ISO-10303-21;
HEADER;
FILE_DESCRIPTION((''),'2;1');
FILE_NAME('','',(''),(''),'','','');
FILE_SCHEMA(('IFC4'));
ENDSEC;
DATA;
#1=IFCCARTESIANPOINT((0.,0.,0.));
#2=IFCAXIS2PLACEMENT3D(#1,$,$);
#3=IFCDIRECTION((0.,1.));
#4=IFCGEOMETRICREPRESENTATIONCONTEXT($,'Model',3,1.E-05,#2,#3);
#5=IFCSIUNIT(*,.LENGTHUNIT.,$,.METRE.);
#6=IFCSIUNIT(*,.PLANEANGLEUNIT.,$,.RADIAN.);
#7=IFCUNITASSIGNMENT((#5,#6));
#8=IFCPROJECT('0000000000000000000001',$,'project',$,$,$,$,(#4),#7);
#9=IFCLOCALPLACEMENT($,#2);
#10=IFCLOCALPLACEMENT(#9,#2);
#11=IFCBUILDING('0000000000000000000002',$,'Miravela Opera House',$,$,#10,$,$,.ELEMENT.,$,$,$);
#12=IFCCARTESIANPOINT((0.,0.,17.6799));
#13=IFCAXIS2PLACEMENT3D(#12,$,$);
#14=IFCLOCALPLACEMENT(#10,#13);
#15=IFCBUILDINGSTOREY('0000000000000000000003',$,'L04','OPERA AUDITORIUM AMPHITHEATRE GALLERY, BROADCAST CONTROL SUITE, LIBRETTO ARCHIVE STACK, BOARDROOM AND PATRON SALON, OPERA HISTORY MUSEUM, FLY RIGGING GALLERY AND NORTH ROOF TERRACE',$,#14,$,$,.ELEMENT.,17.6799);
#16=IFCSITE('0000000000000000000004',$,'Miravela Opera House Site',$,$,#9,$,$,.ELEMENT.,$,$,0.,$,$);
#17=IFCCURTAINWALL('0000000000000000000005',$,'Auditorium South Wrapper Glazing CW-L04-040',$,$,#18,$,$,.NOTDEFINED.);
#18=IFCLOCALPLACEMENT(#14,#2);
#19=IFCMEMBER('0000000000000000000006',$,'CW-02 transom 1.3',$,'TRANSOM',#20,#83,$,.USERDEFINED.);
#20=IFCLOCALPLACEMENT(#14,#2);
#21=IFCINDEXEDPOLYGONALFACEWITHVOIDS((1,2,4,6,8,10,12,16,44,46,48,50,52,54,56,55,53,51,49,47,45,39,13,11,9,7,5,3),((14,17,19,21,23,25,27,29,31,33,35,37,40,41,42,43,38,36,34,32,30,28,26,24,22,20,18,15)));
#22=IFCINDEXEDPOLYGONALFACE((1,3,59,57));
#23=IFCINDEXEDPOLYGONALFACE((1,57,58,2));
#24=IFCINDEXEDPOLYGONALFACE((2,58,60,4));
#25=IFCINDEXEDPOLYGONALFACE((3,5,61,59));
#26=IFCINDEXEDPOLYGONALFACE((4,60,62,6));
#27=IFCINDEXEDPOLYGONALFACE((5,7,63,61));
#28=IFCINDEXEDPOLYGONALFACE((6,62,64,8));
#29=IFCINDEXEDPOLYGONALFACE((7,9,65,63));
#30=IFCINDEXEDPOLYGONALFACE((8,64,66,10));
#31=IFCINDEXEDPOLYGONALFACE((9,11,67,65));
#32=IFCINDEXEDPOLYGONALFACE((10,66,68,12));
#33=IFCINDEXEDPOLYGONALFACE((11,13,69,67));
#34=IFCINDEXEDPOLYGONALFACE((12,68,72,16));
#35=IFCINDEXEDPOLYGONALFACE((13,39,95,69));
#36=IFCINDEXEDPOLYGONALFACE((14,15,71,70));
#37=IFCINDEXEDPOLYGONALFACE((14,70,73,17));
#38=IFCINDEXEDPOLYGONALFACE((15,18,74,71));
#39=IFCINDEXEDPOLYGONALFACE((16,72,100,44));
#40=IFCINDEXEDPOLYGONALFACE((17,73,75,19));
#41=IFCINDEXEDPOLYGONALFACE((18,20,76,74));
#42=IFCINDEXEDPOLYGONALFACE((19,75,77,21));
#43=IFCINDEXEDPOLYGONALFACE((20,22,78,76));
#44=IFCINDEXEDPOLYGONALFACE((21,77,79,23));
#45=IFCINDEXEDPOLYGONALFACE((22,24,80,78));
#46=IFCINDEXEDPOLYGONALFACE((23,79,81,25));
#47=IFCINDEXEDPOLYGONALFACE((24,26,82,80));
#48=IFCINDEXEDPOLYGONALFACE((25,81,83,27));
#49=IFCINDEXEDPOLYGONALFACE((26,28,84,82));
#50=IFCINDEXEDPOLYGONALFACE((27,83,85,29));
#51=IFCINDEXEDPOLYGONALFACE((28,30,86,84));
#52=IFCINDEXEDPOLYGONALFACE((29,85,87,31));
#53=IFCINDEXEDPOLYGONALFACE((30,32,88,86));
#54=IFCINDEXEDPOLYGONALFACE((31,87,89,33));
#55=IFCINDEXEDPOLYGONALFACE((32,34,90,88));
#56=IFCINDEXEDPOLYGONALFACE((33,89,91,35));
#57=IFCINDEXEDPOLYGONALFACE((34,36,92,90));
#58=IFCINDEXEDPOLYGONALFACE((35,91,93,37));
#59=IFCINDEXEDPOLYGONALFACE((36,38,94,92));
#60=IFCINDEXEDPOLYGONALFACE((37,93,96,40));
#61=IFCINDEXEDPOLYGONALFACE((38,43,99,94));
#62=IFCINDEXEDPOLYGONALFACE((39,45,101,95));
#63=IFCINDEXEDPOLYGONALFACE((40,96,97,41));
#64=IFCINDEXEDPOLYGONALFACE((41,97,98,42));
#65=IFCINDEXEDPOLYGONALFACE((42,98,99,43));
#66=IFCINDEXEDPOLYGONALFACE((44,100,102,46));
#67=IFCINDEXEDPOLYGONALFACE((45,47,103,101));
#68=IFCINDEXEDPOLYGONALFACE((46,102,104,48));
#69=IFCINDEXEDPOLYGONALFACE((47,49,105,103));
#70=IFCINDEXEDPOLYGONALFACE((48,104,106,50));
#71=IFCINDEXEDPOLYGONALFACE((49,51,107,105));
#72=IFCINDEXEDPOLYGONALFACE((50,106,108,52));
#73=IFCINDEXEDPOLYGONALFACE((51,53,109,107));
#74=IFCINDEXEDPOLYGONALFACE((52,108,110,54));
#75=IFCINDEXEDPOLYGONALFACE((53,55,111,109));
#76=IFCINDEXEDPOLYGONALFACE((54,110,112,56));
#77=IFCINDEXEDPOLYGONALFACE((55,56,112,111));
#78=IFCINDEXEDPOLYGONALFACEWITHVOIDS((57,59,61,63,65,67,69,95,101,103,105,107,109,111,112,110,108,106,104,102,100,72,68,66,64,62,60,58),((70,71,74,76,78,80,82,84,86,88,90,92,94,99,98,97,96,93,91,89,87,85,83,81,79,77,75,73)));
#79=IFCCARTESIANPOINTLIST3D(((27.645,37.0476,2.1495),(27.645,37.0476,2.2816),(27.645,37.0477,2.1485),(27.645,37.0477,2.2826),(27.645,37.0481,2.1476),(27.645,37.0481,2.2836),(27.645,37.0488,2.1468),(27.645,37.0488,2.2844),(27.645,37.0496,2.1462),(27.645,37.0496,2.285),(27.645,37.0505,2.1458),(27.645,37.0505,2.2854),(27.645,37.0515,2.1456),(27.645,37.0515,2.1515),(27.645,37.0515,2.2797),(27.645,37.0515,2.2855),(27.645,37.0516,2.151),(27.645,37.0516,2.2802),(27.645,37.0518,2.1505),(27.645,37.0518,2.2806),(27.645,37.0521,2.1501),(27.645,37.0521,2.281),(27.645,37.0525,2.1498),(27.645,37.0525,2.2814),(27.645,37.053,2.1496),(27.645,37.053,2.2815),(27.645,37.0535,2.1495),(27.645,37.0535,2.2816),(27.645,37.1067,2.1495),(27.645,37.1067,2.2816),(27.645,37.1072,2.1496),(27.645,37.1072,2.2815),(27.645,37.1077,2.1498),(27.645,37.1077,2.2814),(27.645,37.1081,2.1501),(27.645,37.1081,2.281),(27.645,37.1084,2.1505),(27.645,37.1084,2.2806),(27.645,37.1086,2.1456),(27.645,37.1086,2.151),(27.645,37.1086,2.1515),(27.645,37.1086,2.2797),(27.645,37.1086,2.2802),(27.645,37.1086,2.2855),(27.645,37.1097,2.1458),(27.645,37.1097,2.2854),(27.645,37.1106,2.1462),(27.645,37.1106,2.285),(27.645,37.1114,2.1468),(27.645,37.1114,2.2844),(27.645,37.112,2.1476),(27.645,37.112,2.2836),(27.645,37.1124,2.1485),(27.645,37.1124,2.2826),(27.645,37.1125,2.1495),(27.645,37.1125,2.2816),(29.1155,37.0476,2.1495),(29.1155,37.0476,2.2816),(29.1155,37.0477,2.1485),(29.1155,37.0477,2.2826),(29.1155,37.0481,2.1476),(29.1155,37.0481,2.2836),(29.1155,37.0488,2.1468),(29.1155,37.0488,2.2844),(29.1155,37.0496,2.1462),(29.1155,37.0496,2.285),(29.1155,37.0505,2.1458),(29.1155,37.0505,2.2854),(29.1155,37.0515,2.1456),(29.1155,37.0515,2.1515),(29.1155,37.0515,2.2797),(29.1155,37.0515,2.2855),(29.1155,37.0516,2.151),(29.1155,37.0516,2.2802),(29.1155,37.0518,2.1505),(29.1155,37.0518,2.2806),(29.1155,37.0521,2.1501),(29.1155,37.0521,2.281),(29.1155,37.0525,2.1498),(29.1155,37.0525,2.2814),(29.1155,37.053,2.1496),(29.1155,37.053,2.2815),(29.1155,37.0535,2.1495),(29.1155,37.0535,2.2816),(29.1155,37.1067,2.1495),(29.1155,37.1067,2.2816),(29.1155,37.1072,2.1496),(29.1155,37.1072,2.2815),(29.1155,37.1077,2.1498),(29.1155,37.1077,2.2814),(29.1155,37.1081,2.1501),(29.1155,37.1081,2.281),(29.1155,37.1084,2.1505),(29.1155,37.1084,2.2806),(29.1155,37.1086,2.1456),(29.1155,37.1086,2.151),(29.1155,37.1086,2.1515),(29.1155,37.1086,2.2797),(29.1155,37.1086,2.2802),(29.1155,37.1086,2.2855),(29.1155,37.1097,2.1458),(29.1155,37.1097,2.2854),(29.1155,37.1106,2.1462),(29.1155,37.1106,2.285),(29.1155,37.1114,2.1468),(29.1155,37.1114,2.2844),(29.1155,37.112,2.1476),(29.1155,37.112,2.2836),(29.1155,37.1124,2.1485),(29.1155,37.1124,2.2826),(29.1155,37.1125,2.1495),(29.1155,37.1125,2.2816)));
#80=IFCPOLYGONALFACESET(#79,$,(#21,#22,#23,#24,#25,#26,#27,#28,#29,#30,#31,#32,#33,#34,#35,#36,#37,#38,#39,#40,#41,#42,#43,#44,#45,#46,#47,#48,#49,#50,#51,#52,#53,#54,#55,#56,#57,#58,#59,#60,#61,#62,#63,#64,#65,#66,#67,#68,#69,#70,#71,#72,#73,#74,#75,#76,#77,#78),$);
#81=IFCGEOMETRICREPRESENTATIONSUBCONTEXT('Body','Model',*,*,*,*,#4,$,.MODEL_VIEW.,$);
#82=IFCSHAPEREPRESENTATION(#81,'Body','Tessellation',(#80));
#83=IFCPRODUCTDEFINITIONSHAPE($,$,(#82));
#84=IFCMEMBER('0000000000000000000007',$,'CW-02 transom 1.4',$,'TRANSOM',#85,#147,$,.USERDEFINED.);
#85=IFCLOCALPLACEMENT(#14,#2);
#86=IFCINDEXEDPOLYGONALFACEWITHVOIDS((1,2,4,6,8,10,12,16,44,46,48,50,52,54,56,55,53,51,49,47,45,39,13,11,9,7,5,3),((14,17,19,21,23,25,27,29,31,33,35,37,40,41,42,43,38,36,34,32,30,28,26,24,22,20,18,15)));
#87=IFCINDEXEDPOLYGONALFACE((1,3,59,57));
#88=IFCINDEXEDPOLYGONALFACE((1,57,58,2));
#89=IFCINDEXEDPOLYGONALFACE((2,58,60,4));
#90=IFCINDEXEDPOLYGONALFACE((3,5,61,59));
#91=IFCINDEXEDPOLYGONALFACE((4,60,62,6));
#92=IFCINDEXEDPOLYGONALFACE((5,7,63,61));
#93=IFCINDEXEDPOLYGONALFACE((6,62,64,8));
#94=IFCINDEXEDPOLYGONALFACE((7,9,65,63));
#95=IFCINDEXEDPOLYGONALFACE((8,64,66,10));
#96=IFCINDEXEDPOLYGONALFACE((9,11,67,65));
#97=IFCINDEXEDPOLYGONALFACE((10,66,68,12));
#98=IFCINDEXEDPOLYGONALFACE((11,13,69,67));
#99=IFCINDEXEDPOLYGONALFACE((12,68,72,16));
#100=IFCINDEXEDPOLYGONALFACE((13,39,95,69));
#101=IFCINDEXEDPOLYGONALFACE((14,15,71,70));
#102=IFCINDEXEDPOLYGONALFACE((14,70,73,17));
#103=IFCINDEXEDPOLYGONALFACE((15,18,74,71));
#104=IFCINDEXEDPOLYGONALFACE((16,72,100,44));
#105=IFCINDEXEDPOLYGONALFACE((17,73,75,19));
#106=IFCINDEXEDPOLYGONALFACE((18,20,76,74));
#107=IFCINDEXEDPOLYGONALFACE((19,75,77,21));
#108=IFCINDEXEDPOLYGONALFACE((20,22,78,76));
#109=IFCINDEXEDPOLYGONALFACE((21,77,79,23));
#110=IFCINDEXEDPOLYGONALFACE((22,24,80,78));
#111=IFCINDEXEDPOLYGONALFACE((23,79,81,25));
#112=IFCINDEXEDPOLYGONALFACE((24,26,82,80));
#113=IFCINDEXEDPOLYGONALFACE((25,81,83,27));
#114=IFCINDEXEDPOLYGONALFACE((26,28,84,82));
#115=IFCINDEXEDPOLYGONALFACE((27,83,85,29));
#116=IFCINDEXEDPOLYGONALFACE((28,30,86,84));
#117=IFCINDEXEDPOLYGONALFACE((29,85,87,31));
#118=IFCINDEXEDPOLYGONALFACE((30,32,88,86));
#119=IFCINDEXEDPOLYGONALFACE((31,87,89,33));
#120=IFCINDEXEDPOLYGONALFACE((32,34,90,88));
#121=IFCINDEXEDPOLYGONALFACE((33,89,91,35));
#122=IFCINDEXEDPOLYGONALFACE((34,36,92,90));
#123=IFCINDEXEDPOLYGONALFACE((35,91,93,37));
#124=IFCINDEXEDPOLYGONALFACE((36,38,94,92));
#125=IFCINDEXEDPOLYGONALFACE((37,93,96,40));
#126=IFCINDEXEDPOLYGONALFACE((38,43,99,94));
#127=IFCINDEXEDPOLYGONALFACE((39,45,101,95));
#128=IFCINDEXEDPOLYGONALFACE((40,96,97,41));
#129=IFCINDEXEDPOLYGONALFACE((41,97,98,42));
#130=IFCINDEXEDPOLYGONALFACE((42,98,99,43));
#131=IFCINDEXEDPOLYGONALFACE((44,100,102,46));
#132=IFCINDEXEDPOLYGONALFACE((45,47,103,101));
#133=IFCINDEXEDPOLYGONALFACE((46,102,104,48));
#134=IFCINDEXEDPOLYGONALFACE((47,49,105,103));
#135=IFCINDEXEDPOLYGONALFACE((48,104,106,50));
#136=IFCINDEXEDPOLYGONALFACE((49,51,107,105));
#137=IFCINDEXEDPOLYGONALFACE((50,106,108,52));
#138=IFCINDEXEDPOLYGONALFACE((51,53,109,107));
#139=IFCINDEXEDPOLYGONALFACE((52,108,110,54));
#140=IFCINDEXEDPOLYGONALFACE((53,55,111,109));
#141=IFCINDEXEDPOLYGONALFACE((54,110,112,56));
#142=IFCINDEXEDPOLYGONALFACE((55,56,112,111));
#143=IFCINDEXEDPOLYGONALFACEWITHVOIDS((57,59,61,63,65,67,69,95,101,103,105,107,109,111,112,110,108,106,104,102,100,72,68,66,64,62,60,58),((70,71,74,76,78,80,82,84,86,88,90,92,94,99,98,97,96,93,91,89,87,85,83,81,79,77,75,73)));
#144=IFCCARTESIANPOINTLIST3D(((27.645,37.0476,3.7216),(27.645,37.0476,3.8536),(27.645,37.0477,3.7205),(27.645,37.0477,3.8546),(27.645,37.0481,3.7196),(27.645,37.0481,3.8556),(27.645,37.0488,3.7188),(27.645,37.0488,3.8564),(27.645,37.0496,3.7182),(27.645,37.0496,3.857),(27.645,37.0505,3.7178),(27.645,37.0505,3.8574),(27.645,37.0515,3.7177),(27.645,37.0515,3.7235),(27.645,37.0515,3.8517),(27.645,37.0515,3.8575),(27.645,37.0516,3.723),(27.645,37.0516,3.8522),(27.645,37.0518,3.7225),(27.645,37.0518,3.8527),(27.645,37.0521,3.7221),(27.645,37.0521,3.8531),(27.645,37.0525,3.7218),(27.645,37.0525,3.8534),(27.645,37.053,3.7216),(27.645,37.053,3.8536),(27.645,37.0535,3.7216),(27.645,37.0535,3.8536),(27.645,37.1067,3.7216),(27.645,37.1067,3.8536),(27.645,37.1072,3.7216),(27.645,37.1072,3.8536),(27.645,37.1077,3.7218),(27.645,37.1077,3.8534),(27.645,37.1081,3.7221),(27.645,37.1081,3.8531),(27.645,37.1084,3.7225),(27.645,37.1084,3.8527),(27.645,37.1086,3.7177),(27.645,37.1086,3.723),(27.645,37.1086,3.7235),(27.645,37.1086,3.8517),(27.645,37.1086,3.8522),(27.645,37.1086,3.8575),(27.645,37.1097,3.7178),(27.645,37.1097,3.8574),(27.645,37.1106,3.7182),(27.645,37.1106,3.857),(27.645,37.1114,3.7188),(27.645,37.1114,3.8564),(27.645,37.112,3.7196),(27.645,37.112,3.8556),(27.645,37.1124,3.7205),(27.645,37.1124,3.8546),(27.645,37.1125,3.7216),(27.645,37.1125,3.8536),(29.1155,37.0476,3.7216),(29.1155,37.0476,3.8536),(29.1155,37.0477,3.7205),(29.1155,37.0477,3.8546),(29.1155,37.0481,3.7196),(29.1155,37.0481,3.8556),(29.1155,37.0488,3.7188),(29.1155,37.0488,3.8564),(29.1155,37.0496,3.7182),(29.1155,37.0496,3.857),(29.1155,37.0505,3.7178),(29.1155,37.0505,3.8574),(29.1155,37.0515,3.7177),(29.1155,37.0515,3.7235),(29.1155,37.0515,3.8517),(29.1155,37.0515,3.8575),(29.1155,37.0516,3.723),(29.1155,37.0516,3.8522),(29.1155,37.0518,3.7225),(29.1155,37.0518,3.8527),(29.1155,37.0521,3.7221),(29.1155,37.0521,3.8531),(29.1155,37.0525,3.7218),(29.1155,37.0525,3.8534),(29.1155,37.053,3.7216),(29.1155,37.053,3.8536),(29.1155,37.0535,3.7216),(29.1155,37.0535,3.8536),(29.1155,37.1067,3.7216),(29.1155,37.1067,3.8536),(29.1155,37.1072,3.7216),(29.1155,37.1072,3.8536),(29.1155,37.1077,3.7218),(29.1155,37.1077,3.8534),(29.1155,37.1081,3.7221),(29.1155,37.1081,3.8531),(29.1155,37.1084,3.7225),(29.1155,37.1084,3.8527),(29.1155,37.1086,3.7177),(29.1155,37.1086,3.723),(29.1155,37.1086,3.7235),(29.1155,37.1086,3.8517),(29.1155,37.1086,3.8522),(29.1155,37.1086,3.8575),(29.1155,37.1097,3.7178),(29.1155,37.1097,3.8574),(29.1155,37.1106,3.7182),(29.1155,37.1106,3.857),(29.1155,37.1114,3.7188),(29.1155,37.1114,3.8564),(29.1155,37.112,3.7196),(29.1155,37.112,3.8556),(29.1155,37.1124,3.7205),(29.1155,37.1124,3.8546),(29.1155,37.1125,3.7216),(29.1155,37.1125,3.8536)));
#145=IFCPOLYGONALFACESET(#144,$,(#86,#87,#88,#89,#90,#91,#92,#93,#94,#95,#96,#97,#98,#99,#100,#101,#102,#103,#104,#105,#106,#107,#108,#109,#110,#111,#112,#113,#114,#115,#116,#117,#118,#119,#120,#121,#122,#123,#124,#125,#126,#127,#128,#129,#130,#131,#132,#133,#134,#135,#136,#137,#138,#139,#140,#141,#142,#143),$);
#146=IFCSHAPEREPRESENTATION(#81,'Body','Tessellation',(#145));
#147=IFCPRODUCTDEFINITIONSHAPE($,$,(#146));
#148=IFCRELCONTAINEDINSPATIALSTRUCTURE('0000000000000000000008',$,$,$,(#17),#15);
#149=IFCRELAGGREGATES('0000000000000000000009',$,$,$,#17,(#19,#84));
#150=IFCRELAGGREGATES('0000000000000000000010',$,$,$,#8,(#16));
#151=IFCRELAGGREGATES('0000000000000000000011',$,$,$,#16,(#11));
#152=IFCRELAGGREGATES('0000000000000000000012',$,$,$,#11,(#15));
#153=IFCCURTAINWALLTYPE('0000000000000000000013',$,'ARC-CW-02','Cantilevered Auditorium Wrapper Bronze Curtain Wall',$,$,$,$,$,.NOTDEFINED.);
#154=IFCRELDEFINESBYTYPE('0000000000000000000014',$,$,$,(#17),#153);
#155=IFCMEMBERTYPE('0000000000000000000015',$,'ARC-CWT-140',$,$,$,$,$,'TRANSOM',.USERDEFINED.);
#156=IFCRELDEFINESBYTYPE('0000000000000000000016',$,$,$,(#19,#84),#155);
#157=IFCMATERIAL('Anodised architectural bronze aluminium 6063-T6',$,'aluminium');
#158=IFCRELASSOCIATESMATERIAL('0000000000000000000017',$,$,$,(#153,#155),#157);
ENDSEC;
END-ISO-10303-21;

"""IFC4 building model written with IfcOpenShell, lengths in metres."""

from ifc_helpers import new_model, si_unit, direction, frame, origin, origin_2d, place, context, subcontext, project, spatial, hollow_rectangle, extrude, material, material_profile, profile_set, type_object, element, aggregate, save


model = new_model("IFC4")

# Units and contexts
model_context = context("Model", 3, precision=1e-05, world=origin(), true_north=direction((0.0, 1.0)))
body_context = subcontext(model_context, "Body", "Model", "MODEL_VIEW")
ifc_project = project(units=[si_unit("LENGTHUNIT", "METRE"), si_unit("PLANEANGLEUNIT", "RADIAN")], contexts=[model_context])

# Site, building, storey
site_placement = place(None, origin())
site = spatial("IfcSite", under=ifc_project, at=site_placement, Name="Miravela Opera House Site", CompositionType="ELEMENT", RefElevation=0.0)
building_placement = place(site_placement, origin())
building = spatial("IfcBuilding", under=site, at=building_placement, Name="Miravela Opera House", CompositionType="ELEMENT")
storey_placement = place(building_placement, frame((0.0, 0.0, 17.6799)))
storey = spatial("IfcBuildingStorey", under=building, at=storey_placement, Name="L04", Description="OPERA AUDITORIUM AMPHITHEATRE GALLERY, BROADCAST CONTROL SUITE, LIBRETTO ARCHIVE STACK, BOARDROOM AND PATRON SALON, OPERA HISTORY MUSEUM, FLY RIGGING GALLERY AND NORTH ROOF TERRACE", CompositionType="ELEMENT", Elevation=17.6799)

# Curtain wall
ifc_material_1 = material(Name="Anodised architectural bronze aluminium 6063-T6", Category="aluminium")
curtain_wall_type = type_object("IfcCurtainWallType", Name="ARC-CW-02", Description="Cantilevered Auditorium Wrapper Bronze Curtain Wall", PredefinedType="NOTDEFINED", material=ifc_material_1)
curtain_wall_1_placement = place(storey_placement, origin())
curtain_wall_1 = element("IfcCurtainWall", 1, at=curtain_wall_1_placement, inside=storey, type_object=curtain_wall_type, Name="Auditorium South Wrapper Glazing CW-L04-040", PredefinedType="NOTDEFINED")

# Members
ifc_material_profile_1 = material_profile(ifc_material_1, hollow_rectangle(XDim=0.0649, YDim=0.1399, WallThickness=0.0039, InnerFilletRadius=0.002, OuterFilletRadius=0.0039, at=origin_2d()), Name="CWT-65X140")
ifc_profile_set_1 = profile_set([ifc_material_profile_1])
member_type_1 = type_object("IfcMemberType", Name="ARC-CWT-140", ElementType="TRANSOM", PredefinedType="USERDEFINED", material=ifc_profile_set_1)
member_1_placement = place(storey_placement, frame((27.645, 37.0801, 2.2156), z_axis=(1.0, 0.0, 0.0), x_axis=(0.0, 1.0, 0.0)))
member_1 = element("IfcMember", 2, at=member_1_placement, type_object=member_type_1, Name="CW-02 transom 1.3", ObjectType="TRANSOM", PredefinedType="USERDEFINED", context=body_context, shape_type="SweptSolid", body=[
    extrude(hollow_rectangle(XDim=0.0649, YDim=0.1399, WallThickness=0.0039, InnerFilletRadius=0.002, OuterFilletRadius=0.0039, at=origin_2d()), origin(), (0.0, 0.0, 1.0), 1.4705),
])
member_2_placement = place(storey_placement, frame((27.645, 37.0801, 3.7876), z_axis=(1.0, 0.0, 0.0), x_axis=(0.0, 1.0, 0.0)))
member_2 = element("IfcMember", 3, at=member_2_placement, type_object=member_type_1, Name="CW-02 transom 1.4", ObjectType="TRANSOM", PredefinedType="USERDEFINED", context=body_context, shape_type="SweptSolid", body=[
    extrude(hollow_rectangle(XDim=0.0649, YDim=0.1399, WallThickness=0.0039, InnerFilletRadius=0.002, OuterFilletRadius=0.0039, at=origin_2d()), origin(), (0.0, 0.0, 1.0), 1.4705),
])

aggregate(curtain_wall_1, [member_1, member_2])

save(model, "model.ifc")
